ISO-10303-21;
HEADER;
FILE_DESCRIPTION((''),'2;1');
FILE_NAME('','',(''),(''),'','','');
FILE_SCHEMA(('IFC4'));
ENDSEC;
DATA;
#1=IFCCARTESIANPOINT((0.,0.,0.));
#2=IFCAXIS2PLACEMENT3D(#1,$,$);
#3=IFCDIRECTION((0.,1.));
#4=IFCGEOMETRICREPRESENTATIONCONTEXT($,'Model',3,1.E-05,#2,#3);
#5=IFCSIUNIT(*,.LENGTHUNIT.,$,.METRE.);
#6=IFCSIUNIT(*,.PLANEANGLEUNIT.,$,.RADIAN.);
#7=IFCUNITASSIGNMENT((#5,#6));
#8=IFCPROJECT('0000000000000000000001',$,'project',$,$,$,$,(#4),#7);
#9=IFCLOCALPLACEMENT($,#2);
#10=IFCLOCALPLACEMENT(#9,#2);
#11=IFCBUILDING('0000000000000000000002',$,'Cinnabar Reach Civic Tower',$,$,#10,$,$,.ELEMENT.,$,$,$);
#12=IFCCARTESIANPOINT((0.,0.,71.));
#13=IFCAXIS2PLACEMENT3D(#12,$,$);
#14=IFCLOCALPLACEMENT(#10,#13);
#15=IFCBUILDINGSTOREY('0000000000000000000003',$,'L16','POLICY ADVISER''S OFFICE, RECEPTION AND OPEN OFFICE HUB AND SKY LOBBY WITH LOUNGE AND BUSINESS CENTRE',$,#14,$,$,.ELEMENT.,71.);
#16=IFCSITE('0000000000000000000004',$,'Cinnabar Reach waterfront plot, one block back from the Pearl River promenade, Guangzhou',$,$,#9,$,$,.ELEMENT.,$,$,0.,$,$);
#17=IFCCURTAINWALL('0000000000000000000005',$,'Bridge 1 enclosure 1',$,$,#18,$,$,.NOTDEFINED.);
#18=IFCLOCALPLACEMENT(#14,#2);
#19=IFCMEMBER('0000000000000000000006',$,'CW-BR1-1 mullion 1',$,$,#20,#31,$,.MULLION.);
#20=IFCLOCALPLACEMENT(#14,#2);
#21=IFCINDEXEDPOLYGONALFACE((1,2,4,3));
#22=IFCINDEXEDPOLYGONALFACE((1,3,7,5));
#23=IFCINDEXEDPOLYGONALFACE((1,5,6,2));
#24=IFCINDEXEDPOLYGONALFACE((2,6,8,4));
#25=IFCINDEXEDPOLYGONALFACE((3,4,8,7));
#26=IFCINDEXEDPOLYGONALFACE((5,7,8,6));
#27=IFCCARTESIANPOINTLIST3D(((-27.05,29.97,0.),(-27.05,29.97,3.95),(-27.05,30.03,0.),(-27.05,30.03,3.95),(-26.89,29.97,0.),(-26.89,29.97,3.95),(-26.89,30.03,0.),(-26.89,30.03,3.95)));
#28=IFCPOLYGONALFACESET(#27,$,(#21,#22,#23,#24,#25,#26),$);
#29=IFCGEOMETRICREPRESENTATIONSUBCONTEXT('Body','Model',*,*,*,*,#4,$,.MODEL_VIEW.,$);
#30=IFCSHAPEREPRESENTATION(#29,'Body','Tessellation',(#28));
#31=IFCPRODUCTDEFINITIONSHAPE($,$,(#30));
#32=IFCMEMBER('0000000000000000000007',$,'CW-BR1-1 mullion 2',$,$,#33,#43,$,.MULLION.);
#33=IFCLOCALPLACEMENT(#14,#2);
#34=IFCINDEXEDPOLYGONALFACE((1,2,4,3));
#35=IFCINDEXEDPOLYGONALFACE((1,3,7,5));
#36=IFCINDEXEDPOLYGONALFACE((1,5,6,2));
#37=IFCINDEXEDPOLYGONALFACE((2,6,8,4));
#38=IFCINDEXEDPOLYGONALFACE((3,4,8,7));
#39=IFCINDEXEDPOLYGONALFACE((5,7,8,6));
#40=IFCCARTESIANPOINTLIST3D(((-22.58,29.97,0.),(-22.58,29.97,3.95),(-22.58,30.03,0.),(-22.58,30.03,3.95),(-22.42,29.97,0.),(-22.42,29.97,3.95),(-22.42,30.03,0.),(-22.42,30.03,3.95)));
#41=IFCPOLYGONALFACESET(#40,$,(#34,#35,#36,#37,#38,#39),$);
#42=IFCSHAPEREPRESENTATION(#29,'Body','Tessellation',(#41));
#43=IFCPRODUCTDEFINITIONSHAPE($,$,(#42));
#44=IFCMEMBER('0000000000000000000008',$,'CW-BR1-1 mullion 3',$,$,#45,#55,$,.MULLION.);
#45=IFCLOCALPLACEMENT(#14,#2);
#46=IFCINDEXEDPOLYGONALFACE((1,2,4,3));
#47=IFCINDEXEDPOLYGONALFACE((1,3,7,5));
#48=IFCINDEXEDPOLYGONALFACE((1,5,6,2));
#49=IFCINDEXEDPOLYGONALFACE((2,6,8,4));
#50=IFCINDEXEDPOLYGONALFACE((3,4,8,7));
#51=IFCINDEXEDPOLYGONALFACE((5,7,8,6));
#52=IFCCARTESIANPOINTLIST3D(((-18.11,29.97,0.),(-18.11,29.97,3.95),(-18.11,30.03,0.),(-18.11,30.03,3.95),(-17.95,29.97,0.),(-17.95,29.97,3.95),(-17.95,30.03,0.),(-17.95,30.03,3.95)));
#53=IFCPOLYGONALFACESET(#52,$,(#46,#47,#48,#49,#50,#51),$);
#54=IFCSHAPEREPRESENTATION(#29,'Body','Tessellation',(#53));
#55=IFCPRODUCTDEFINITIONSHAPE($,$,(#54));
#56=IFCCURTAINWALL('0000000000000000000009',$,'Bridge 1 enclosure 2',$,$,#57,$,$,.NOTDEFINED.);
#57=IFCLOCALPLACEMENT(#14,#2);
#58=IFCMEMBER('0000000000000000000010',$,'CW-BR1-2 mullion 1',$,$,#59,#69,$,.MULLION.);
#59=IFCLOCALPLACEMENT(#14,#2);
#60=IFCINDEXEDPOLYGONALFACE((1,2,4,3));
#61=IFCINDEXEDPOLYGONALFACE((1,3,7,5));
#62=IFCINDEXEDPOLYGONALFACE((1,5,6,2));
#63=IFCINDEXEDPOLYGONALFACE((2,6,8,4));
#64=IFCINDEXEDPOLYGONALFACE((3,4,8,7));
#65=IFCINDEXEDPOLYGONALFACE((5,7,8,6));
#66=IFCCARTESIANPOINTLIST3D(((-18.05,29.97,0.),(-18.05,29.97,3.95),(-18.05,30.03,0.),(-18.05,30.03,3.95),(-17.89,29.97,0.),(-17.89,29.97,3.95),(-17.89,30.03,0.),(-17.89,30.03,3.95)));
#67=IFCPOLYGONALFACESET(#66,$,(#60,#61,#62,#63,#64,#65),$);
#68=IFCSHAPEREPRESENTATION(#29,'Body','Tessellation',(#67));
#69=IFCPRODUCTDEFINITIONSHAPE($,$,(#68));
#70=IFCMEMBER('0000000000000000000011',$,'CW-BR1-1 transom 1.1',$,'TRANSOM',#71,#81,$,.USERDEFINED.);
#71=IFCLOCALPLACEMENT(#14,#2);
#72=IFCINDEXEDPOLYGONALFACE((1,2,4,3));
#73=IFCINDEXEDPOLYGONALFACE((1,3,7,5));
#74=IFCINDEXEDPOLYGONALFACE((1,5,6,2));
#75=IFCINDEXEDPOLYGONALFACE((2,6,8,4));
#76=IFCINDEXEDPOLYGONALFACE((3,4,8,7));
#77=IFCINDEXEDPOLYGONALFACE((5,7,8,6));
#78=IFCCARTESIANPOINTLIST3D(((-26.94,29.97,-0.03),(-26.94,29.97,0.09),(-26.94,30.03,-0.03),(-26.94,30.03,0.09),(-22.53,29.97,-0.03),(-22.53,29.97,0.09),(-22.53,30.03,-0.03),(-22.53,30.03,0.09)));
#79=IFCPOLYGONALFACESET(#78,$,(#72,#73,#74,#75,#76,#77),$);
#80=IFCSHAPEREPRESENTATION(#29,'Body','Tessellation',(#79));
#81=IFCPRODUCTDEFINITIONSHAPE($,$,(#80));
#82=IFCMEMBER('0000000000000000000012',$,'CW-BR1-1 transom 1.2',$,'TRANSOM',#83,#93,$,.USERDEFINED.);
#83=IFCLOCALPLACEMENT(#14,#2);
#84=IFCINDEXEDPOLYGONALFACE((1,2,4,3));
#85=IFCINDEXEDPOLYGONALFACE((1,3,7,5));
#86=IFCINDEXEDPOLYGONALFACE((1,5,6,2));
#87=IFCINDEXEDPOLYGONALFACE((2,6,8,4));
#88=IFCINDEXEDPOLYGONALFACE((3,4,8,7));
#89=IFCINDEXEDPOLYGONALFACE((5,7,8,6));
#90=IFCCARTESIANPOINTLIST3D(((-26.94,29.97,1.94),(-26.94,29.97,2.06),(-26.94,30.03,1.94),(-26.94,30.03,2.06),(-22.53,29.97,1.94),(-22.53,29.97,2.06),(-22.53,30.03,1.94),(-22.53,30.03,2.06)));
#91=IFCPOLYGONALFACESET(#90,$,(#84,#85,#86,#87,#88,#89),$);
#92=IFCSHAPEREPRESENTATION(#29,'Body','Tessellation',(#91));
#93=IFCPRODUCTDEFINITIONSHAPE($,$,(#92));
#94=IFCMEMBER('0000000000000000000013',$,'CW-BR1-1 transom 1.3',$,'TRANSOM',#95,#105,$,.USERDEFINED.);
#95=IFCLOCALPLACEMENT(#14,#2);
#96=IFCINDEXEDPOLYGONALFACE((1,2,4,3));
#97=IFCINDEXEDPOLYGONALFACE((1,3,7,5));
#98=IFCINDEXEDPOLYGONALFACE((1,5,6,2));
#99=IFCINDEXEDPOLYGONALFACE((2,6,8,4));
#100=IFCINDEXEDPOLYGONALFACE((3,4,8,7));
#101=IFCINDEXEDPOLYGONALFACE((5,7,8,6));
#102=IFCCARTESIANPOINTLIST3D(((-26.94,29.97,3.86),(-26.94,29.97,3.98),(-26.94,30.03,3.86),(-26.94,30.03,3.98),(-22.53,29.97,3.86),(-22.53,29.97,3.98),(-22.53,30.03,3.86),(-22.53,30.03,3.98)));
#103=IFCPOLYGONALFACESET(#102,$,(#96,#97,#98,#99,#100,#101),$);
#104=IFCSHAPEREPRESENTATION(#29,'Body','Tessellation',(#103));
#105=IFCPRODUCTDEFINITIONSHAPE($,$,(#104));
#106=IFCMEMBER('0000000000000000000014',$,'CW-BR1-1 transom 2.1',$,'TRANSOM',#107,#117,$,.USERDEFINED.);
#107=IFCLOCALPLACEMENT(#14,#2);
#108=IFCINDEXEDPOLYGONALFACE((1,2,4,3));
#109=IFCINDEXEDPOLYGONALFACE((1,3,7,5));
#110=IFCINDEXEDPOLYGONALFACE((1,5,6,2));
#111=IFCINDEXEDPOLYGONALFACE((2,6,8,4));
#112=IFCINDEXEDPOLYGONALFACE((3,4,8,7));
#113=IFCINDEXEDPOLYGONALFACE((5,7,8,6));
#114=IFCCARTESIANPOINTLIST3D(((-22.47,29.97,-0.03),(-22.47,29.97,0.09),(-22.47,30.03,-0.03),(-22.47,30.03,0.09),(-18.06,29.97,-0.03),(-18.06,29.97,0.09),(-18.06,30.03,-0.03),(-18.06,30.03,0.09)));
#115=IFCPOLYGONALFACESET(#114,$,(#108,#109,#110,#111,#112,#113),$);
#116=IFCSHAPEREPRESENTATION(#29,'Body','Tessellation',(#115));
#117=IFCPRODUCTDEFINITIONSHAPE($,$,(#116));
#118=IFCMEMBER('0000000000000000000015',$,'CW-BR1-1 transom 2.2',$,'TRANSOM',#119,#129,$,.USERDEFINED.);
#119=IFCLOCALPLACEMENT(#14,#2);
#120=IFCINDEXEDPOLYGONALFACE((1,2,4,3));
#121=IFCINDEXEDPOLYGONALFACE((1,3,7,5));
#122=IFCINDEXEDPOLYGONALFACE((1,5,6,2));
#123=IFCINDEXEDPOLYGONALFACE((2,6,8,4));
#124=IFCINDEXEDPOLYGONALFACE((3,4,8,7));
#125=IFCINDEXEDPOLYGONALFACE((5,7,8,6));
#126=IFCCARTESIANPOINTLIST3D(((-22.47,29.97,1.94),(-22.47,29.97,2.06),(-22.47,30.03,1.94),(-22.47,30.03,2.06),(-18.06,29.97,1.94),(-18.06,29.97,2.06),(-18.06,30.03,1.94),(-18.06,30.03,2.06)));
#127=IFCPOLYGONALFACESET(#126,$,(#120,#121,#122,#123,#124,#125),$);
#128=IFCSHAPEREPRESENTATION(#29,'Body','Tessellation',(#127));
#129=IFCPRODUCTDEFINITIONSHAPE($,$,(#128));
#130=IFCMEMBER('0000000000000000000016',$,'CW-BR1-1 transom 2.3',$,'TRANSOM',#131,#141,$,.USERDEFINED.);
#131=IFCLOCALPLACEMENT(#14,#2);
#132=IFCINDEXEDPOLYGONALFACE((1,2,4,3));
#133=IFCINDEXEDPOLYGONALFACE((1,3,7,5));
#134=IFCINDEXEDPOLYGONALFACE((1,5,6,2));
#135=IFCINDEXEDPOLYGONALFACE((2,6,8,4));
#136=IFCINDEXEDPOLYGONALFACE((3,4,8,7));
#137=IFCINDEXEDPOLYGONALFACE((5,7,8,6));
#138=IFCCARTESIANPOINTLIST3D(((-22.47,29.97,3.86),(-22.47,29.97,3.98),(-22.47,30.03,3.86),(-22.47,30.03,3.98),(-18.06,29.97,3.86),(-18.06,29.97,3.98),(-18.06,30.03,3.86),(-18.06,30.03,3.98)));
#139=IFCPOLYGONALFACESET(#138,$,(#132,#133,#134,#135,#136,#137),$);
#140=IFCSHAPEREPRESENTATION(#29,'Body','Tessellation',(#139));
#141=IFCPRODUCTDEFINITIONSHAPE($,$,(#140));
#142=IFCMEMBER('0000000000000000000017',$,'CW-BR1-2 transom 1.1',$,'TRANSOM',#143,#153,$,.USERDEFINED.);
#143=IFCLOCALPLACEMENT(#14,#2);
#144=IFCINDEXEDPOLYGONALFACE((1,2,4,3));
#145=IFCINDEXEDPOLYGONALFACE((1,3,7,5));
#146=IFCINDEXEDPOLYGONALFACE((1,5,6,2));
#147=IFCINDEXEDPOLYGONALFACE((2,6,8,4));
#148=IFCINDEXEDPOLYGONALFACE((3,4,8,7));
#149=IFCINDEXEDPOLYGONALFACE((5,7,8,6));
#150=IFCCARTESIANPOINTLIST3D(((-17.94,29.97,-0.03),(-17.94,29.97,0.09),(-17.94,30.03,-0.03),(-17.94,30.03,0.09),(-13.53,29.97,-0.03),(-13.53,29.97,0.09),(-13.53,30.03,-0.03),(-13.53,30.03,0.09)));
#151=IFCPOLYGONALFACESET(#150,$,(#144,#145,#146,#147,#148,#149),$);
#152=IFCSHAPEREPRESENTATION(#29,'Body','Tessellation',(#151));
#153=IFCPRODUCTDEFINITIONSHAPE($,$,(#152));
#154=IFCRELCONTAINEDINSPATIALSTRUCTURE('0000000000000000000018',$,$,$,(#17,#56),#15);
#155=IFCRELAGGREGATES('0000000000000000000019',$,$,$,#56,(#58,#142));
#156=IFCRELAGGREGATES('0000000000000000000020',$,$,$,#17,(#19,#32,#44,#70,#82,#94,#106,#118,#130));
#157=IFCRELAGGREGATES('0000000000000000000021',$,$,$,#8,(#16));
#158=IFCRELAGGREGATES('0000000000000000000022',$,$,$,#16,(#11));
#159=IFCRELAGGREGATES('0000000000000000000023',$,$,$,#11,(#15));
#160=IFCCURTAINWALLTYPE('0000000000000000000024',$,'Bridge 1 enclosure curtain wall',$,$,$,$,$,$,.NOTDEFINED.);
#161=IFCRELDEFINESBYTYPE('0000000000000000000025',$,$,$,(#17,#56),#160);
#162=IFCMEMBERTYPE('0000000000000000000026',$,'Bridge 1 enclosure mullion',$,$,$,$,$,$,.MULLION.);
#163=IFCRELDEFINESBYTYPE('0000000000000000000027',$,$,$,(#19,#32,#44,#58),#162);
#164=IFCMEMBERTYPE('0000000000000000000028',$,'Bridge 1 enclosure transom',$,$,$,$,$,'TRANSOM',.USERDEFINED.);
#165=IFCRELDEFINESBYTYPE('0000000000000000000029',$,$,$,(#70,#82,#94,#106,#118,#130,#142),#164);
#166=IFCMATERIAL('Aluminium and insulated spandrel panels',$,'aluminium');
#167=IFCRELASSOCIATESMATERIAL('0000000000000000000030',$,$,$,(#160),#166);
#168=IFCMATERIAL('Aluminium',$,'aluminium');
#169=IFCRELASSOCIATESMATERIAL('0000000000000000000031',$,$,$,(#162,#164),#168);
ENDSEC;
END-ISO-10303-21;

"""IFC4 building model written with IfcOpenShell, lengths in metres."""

from ifc_helpers import new_model, si_unit, direction, frame, origin, origin_2d, place, context, subcontext, project, spatial, rectangle, extrude, material, material_profile, profile_set, type_object, element, aggregate, save


model = new_model("IFC4")

# Units and contexts
model_context = context("Model", 3, precision=1e-05, world=origin(), true_north=direction((0.0, 1.0)))
body_context = subcontext(model_context, "Body", "Model", "MODEL_VIEW")
ifc_project = project(units=[si_unit("LENGTHUNIT", "METRE"), si_unit("PLANEANGLEUNIT", "RADIAN")], contexts=[model_context])

# Site, building, storey
site_placement = place(None, origin())
site = spatial("IfcSite", under=ifc_project, at=site_placement, Name="Cinnabar Reach waterfront plot, one block back from the Pearl River promenade, Guangzhou", CompositionType="ELEMENT", RefElevation=0.0)
building_placement = place(site_placement, origin())
building = spatial("IfcBuilding", under=site, at=building_placement, Name="Cinnabar Reach Civic Tower", CompositionType="ELEMENT")
storey_placement = place(building_placement, frame((0.0, 0.0, 71.0)))
storey = spatial("IfcBuildingStorey", under=building, at=storey_placement, Name="L16", Description="POLICY ADVISER'S OFFICE, RECEPTION AND OPEN OFFICE HUB AND SKY LOBBY WITH LOUNGE AND BUSINESS CENTRE", CompositionType="ELEMENT", Elevation=71.0)

# Curtain wall, members
ifc_material_1 = material(Name="Aluminium and insulated spandrel panels", Category="aluminium")
curtain_wall_type = type_object("IfcCurtainWallType", Name="Bridge 1 enclosure curtain wall", PredefinedType="NOTDEFINED", material=ifc_material_1)
curtain_wall_1_placement = place(storey_placement, origin())
curtain_wall_1 = element("IfcCurtainWall", 1, at=curtain_wall_1_placement, inside=storey, type_object=curtain_wall_type, Name="Bridge 1 enclosure 1", PredefinedType="NOTDEFINED")
ifc_material_2 = material(Name="Aluminium", Category="aluminium")
ifc_material_profile_1 = material_profile(ifc_material_2, rectangle(XDim=0.06, YDim=0.16, at=origin_2d()), Name="Bridge 1 enclosure mullion")
ifc_profile_set_1 = profile_set([ifc_material_profile_1], Name="Aluminium")
member_type_1 = type_object("IfcMemberType", Name="Bridge 1 enclosure mullion", PredefinedType="MULLION", material=ifc_profile_set_1)
member_1_placement = place(storey_placement, frame((-26.97, 30.0, 0.0), z_axis=(0.0, 0.0, 1.0), x_axis=(0.0, 1.0, 0.0)))
member_1 = element("IfcMember", 2, at=member_1_placement, type_object=member_type_1, Name="CW-BR1-1 mullion 1", PredefinedType="MULLION", context=body_context, shape_type="SweptSolid", body=[
    extrude(rectangle(XDim=0.06, YDim=0.16, at=origin_2d()), origin(), (0.0, 0.0, 1.0), 3.95),
])
member_2_placement = place(storey_placement, frame((-22.5, 30.0, 0.0), z_axis=(0.0, 0.0, 1.0), x_axis=(0.0, 1.0, 0.0)))
member_2 = element("IfcMember", 3, at=member_2_placement, type_object=member_type_1, Name="CW-BR1-1 mullion 2", PredefinedType="MULLION", context=body_context, shape_type="SweptSolid", body=[
    extrude(rectangle(XDim=0.06, YDim=0.16, at=origin_2d()), origin(), (0.0, 0.0, 1.0), 3.95),
])
member_3_placement = place(storey_placement, frame((-18.03, 30.0, 0.0), z_axis=(0.0, 0.0, 1.0), x_axis=(0.0, 1.0, 0.0)))
member_3 = element("IfcMember", 4, at=member_3_placement, type_object=member_type_1, Name="CW-BR1-1 mullion 3", PredefinedType="MULLION", context=body_context, shape_type="SweptSolid", body=[
    extrude(rectangle(XDim=0.06, YDim=0.16, at=origin_2d()), origin(), (0.0, 0.0, 1.0), 3.95),
])

# Curtain wall, member
curtain_wall_2_placement = place(storey_placement, origin())
curtain_wall_2 = element("IfcCurtainWall", 5, at=curtain_wall_2_placement, inside=storey, type_object=curtain_wall_type, Name="Bridge 1 enclosure 2", PredefinedType="NOTDEFINED")
member_4_placement = place(storey_placement, frame((-17.97, 30.0, 0.0), z_axis=(0.0, 0.0, 1.0), x_axis=(0.0, 1.0, 0.0)))
member_4 = element("IfcMember", 6, at=member_4_placement, type_object=member_type_1, Name="CW-BR1-2 mullion 1", PredefinedType="MULLION", context=body_context, shape_type="SweptSolid", body=[
    extrude(rectangle(XDim=0.06, YDim=0.16, at=origin_2d()), origin(), (0.0, 0.0, 1.0), 3.95),
])

# Members
ifc_material_profile_2 = material_profile(ifc_material_2, rectangle(XDim=0.06, YDim=0.12, at=origin_2d()), Name="Bridge 1 enclosure transom")
ifc_profile_set_2 = profile_set([ifc_material_profile_2], Name="Aluminium")
member_type_2 = type_object("IfcMemberType", Name="Bridge 1 enclosure transom", ElementType="TRANSOM", PredefinedType="USERDEFINED", material=ifc_profile_set_2)
member_5_placement = place(storey_placement, frame((-26.94, 30.0, 0.03), z_axis=(1.0, 0.0, 0.0), x_axis=(0.0, 1.0, 0.0)))
member_5 = element("IfcMember", 7, at=member_5_placement, type_object=member_type_2, Name="CW-BR1-1 transom 1.1", ObjectType="TRANSOM", PredefinedType="USERDEFINED", context=body_context, shape_type="SweptSolid", body=[
    extrude(rectangle(XDim=0.06, YDim=0.12, at=origin_2d()), origin(), (0.0, 0.0, 1.0), 4.41),
])
member_6_placement = place(storey_placement, frame((-26.94, 30.0, 2.0), z_axis=(1.0, 0.0, 0.0), x_axis=(0.0, 1.0, 0.0)))
member_6 = element("IfcMember", 8, at=member_6_placement, type_object=member_type_2, Name="CW-BR1-1 transom 1.2", ObjectType="TRANSOM", PredefinedType="USERDEFINED", context=body_context, shape_type="SweptSolid", body=[
    extrude(rectangle(XDim=0.06, YDim=0.12, at=origin_2d()), origin(), (0.0, 0.0, 1.0), 4.41),
])
member_7_placement = place(storey_placement, frame((-26.94, 30.0, 3.92), z_axis=(1.0, 0.0, 0.0), x_axis=(0.0, 1.0, 0.0)))
member_7 = element("IfcMember", 9, at=member_7_placement, type_object=member_type_2, Name="CW-BR1-1 transom 1.3", ObjectType="TRANSOM", PredefinedType="USERDEFINED", context=body_context, shape_type="SweptSolid", body=[
    extrude(rectangle(XDim=0.06, YDim=0.12, at=origin_2d()), origin(), (0.0, 0.0, 1.0), 4.41),
])
member_8_placement = place(storey_placement, frame((-22.47, 30.0, 0.03), z_axis=(1.0, 0.0, 0.0), x_axis=(0.0, 1.0, 0.0)))
member_8 = element("IfcMember", 10, at=member_8_placement, type_object=member_type_2, Name="CW-BR1-1 transom 2.1", ObjectType="TRANSOM", PredefinedType="USERDEFINED", context=body_context, shape_type="SweptSolid", body=[
    extrude(rectangle(XDim=0.06, YDim=0.12, at=origin_2d()), origin(), (0.0, 0.0, 1.0), 4.41),
])
member_9_placement = place(storey_placement, frame((-22.47, 30.0, 2.0), z_axis=(1.0, 0.0, 0.0), x_axis=(0.0, 1.0, 0.0)))
member_9 = element("IfcMember", 11, at=member_9_placement, type_object=member_type_2, Name="CW-BR1-1 transom 2.2", ObjectType="TRANSOM", PredefinedType="USERDEFINED", context=body_context, shape_type="SweptSolid", body=[
    extrude(rectangle(XDim=0.06, YDim=0.12, at=origin_2d()), origin(), (0.0, 0.0, 1.0), 4.41),
])
member_10_placement = place(storey_placement, frame((-22.47, 30.0, 3.92), z_axis=(1.0, 0.0, 0.0), x_axis=(0.0, 1.0, 0.0)))
member_10 = element("IfcMember", 12, at=member_10_placement, type_object=member_type_2, Name="CW-BR1-1 transom 2.3", ObjectType="TRANSOM", PredefinedType="USERDEFINED", context=body_context, shape_type="SweptSolid", body=[
    extrude(rectangle(XDim=0.06, YDim=0.12, at=origin_2d()), origin(), (0.0, 0.0, 1.0), 4.41),
])
member_11_placement = place(storey_placement, frame((-17.94, 30.0, 0.03), z_axis=(1.0, 0.0, 0.0), x_axis=(0.0, 1.0, 0.0)))
member_11 = element("IfcMember", 13, at=member_11_placement, type_object=member_type_2, Name="CW-BR1-2 transom 1.1", ObjectType="TRANSOM", PredefinedType="USERDEFINED", context=body_context, shape_type="SweptSolid", body=[
    extrude(rectangle(XDim=0.06, YDim=0.12, at=origin_2d()), origin(), (0.0, 0.0, 1.0), 4.41),
])
aggregate(curtain_wall_2, [member_4, member_11])

aggregate(curtain_wall_1, [member_1, member_2, member_3, member_5, member_6, member_7, member_8, member_9, member_10])

save(model, "model.ifc")
